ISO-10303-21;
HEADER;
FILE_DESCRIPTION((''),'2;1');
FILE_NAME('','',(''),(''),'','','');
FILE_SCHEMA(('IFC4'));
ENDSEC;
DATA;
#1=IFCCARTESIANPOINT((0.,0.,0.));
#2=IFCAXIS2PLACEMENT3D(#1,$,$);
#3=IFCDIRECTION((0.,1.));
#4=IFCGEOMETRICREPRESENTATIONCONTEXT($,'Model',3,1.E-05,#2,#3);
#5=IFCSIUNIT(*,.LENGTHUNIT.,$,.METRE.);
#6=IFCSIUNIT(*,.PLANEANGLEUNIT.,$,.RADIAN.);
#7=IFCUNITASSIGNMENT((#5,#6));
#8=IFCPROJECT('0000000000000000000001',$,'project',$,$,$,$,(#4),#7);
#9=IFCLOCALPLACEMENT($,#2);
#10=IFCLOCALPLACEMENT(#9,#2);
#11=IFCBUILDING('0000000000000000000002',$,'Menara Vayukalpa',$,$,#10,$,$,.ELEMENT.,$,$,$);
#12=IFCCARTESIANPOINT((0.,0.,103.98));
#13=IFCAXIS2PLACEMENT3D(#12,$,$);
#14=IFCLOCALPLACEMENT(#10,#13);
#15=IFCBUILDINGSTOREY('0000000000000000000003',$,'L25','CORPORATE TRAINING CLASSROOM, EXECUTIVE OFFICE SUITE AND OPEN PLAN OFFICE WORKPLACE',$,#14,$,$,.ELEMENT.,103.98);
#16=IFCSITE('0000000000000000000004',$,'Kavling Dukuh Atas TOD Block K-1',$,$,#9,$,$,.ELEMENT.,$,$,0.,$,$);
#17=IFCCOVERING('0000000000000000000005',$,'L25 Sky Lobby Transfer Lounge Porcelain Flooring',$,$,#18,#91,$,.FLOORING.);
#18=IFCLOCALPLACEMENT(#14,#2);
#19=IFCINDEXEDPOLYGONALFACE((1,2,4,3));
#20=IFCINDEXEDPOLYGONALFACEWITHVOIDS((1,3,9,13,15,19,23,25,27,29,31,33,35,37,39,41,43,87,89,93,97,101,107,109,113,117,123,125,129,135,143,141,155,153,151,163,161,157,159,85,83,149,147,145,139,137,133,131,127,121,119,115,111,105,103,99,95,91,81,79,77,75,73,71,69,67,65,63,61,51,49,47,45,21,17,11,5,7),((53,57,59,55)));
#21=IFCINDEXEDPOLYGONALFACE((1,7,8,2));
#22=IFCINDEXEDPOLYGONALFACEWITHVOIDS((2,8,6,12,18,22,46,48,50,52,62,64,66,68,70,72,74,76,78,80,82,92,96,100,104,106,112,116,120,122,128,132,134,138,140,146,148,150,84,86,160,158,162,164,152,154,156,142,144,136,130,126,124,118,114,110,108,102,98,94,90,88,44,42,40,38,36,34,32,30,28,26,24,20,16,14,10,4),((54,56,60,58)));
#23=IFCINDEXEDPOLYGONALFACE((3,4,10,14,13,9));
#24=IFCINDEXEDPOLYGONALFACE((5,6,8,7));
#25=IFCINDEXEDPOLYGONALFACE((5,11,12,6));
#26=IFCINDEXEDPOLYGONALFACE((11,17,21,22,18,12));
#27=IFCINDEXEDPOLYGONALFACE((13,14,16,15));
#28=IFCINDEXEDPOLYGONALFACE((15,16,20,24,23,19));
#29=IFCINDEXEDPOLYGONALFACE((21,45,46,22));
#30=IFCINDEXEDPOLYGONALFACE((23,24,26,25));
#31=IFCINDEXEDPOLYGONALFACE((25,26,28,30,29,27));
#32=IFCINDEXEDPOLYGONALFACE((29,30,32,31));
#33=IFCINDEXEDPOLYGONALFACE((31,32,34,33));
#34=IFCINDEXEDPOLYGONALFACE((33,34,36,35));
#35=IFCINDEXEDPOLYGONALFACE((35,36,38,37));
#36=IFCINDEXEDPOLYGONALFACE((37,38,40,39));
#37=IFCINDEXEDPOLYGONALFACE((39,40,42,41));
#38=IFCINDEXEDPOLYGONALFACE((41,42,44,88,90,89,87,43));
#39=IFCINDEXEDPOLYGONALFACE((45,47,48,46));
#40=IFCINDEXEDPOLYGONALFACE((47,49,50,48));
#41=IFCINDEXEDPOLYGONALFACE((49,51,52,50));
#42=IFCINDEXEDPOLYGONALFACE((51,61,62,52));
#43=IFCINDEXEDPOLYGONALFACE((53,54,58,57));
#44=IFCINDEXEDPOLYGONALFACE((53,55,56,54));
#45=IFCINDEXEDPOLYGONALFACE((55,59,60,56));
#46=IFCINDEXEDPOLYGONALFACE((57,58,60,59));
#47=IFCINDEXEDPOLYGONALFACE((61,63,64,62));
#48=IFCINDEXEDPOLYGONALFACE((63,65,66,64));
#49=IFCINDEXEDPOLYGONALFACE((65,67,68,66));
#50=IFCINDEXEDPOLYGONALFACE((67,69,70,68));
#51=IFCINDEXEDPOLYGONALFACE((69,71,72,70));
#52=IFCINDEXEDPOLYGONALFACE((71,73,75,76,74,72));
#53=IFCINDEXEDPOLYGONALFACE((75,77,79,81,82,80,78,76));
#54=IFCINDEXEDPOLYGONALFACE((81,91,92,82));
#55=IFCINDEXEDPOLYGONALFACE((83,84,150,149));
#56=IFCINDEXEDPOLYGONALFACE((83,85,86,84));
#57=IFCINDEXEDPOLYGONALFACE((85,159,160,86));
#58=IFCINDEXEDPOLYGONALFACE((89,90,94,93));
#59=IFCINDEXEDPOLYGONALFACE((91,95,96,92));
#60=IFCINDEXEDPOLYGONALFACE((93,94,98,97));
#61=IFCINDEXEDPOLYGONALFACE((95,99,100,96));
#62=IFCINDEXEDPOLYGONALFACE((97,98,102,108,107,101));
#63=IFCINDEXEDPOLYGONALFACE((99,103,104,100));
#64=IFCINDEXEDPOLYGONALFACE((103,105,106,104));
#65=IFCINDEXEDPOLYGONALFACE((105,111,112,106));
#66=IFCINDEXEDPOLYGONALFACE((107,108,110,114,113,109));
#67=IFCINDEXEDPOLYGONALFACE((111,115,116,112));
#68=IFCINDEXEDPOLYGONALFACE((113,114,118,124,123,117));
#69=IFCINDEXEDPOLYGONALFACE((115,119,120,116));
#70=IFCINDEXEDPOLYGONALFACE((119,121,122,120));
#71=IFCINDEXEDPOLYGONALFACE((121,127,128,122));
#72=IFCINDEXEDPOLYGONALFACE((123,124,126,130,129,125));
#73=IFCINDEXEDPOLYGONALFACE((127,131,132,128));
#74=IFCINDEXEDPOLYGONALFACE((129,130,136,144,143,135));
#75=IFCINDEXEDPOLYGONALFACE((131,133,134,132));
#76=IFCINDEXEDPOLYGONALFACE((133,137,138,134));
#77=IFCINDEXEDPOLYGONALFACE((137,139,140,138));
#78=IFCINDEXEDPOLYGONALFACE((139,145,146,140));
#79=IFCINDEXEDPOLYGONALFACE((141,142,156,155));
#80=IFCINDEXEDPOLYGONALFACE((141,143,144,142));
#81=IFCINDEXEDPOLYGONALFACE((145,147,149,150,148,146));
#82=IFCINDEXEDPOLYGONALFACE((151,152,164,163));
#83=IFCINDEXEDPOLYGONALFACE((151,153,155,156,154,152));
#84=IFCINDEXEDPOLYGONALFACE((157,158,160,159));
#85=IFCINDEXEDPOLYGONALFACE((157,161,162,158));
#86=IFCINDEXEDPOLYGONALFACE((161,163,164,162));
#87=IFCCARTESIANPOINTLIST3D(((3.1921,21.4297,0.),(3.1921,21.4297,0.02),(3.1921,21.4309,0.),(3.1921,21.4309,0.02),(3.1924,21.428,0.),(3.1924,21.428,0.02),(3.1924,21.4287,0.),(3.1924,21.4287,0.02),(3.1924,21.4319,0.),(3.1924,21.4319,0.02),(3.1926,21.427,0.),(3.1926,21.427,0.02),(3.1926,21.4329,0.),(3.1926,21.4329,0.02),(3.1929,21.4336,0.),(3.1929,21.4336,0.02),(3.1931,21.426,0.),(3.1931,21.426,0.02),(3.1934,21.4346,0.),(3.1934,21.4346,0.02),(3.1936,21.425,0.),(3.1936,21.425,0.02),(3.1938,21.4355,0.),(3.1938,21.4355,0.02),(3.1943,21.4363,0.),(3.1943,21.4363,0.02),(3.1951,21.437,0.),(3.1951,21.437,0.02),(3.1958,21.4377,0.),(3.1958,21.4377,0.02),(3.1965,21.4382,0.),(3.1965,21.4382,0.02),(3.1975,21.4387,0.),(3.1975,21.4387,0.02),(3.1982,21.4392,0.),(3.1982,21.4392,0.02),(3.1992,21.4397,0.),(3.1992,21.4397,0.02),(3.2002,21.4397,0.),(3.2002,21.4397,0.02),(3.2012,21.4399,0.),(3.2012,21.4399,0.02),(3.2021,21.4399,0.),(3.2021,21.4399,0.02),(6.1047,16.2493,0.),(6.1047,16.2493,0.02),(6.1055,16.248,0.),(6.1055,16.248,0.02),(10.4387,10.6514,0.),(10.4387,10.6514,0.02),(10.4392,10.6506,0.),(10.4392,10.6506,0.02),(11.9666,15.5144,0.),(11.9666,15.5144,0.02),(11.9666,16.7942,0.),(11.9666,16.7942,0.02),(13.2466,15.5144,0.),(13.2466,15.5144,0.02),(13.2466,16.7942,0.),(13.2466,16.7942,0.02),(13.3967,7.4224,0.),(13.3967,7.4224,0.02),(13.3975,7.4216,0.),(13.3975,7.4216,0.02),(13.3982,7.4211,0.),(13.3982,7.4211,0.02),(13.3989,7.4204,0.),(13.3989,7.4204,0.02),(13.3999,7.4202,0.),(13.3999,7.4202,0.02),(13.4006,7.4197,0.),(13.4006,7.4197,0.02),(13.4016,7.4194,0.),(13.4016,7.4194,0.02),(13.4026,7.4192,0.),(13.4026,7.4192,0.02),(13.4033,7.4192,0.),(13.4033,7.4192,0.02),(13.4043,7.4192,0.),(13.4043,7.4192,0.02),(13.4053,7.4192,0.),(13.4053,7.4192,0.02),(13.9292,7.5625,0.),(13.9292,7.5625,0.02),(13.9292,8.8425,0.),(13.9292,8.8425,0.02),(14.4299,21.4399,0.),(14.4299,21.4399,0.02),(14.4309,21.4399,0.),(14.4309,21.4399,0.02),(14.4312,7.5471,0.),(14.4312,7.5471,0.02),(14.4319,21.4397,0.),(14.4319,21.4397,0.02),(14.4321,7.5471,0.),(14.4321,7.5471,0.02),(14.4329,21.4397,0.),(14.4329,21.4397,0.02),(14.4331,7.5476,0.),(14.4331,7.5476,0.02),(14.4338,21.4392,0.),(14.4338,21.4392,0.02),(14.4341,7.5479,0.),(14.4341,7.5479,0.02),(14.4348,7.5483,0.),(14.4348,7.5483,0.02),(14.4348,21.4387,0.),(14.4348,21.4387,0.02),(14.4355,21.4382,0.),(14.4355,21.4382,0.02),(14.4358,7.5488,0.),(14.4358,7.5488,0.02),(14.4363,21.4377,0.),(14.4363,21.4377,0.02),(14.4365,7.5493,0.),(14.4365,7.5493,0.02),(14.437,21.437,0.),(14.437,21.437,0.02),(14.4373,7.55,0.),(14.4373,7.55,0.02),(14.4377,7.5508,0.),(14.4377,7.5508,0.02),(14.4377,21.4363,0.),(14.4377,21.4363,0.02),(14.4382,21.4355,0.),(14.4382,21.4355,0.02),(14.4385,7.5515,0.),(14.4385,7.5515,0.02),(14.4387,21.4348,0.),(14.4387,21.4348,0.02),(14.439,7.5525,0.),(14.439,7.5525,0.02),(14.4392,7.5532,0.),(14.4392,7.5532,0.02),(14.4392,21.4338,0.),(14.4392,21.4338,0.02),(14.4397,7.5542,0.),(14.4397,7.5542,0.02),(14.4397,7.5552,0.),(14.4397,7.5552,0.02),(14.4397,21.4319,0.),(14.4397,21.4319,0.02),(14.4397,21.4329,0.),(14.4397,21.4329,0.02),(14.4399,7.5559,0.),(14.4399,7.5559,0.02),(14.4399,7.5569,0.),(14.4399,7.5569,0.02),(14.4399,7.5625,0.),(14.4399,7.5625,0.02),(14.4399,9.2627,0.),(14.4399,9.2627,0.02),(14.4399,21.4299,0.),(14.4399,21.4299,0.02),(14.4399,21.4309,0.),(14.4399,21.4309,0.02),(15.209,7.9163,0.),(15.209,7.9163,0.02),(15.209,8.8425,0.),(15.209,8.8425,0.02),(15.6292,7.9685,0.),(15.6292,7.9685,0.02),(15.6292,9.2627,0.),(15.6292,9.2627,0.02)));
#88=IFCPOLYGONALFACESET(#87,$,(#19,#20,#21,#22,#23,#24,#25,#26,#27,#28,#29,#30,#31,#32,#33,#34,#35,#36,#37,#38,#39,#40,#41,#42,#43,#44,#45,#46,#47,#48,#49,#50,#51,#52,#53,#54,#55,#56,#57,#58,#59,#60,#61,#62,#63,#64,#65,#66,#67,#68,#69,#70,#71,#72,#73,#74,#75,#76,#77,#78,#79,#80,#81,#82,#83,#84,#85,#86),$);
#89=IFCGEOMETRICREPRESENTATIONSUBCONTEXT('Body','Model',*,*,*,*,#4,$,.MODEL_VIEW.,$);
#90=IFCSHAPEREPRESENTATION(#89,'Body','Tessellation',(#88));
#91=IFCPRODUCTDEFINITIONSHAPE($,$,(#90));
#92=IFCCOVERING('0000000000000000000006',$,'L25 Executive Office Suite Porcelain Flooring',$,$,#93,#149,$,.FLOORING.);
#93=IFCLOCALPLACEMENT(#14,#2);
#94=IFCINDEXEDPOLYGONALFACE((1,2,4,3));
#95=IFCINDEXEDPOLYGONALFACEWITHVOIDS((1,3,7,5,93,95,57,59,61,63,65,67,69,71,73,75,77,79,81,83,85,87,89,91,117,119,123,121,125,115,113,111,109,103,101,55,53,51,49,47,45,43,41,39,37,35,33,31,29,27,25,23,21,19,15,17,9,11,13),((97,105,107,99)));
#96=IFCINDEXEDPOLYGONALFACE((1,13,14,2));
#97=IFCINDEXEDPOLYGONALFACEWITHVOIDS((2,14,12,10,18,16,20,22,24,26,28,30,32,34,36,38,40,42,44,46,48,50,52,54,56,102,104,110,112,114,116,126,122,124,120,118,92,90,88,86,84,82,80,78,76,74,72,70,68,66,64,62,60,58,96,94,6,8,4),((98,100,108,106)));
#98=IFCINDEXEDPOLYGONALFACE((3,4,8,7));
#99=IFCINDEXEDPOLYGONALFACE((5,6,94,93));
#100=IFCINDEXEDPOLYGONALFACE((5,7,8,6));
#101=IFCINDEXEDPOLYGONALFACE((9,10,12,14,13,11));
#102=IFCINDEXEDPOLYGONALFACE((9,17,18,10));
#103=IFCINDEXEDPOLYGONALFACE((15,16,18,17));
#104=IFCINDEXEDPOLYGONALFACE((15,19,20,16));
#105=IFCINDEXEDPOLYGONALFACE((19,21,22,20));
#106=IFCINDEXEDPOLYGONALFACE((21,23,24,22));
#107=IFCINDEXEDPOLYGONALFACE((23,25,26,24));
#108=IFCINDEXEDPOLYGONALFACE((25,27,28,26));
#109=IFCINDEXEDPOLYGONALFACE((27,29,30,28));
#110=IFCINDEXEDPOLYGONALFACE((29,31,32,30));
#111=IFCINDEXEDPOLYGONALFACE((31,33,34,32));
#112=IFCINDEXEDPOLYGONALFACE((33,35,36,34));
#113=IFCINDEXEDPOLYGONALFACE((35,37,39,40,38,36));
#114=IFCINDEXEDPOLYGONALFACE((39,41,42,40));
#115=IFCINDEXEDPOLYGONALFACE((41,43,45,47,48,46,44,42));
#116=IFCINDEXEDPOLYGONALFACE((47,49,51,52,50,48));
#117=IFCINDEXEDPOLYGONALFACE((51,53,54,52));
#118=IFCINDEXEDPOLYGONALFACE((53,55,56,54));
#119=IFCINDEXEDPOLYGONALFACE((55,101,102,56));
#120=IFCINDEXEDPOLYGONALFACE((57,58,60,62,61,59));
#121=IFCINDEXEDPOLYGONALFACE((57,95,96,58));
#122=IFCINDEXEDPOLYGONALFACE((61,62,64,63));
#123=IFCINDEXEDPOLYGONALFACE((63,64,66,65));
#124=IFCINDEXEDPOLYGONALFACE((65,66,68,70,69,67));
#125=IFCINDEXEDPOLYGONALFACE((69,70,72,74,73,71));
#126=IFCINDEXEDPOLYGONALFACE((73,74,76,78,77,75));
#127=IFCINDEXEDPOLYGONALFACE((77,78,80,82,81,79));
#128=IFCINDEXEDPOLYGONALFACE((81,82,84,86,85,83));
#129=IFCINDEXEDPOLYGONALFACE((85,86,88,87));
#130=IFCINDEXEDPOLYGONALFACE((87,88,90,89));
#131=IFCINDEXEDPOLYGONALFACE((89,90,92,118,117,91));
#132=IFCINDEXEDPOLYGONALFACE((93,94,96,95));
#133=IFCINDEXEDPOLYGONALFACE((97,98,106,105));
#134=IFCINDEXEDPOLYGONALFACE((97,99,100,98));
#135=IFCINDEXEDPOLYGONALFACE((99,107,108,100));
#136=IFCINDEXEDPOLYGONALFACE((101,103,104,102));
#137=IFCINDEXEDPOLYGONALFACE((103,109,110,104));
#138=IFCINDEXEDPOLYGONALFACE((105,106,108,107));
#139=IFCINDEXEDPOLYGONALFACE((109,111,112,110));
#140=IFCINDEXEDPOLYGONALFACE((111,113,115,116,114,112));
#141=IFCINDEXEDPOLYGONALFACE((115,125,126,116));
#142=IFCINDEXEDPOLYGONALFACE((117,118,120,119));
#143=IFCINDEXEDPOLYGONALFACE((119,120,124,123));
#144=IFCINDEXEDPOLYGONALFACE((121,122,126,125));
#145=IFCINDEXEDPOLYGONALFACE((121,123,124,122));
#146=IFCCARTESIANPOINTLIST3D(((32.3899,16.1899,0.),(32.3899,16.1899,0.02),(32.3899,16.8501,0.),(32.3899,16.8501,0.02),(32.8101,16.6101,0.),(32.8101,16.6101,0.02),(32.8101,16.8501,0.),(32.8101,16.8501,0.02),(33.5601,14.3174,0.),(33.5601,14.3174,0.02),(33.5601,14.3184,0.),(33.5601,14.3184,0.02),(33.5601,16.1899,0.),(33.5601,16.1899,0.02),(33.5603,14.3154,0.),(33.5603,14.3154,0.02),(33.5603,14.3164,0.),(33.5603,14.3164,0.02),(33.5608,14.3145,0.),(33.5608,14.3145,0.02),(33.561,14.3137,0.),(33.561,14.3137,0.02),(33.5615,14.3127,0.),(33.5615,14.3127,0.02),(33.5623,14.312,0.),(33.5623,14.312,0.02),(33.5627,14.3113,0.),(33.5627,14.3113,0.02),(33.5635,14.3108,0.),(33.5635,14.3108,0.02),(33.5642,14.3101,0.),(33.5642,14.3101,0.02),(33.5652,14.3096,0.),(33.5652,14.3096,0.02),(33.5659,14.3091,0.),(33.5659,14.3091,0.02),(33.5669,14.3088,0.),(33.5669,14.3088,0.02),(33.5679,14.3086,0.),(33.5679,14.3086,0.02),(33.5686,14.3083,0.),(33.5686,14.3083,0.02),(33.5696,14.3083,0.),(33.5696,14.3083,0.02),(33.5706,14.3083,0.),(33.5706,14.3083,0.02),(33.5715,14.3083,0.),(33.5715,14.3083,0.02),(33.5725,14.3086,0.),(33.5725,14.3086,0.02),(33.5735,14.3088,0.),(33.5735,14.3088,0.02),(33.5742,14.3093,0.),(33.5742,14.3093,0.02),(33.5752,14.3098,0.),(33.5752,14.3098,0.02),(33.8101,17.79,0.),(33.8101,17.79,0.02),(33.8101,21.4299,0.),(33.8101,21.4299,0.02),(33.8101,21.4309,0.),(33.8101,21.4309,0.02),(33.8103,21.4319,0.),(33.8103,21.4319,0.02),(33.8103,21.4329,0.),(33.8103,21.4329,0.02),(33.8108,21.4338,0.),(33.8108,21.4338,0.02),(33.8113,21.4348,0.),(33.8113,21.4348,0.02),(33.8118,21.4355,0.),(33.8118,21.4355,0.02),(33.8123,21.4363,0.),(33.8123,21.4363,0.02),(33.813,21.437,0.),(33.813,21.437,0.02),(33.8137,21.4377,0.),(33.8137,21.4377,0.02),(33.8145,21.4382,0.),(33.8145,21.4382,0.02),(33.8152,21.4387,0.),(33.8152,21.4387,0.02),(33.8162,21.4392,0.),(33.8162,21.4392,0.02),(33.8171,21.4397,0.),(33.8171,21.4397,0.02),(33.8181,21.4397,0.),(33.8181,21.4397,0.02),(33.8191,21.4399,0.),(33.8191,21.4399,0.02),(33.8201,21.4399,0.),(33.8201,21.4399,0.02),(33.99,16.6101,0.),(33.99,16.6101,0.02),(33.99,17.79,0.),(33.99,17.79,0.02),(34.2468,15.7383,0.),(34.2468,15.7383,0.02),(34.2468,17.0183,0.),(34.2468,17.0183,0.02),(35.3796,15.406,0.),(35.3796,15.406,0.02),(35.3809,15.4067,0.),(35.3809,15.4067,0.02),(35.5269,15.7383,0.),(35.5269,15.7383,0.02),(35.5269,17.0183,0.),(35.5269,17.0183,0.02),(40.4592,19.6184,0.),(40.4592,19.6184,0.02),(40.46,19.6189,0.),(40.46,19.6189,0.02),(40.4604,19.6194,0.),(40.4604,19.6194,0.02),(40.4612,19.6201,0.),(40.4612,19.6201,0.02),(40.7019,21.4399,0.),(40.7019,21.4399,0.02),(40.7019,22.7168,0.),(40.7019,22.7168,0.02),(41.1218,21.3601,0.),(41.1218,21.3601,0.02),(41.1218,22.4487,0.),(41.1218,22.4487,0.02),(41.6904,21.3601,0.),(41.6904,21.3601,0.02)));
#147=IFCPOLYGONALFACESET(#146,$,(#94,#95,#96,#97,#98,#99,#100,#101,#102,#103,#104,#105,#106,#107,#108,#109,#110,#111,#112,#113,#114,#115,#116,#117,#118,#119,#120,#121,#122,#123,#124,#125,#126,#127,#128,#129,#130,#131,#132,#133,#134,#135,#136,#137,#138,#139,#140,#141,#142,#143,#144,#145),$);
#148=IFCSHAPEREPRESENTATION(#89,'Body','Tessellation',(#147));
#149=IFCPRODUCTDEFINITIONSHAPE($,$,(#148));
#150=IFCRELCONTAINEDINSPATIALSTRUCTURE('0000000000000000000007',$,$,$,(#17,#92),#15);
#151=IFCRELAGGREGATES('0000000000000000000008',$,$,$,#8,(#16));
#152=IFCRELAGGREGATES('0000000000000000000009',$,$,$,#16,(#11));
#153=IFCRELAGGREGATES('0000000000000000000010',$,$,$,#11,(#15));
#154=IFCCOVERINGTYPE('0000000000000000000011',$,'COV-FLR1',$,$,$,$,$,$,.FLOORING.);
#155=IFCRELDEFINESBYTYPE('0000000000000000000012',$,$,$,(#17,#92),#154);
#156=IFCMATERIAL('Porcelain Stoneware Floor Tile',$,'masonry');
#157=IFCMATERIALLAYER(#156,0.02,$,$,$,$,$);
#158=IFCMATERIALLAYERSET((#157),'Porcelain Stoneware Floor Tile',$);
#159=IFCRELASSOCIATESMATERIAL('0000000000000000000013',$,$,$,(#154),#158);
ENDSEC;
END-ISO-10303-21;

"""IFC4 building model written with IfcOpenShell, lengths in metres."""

from ifc_helpers import new_model, si_unit, direction, frame, origin, place, context, subcontext, project, spatial, polyline, outline, extrude, material, layer, layer_set, type_object, element, save


model = new_model("IFC4")

# Units and contexts
model_context = context("Model", 3, precision=1e-05, world=origin(), true_north=direction((0.0, 1.0)))
body_context = subcontext(model_context, "Body", "Model", "MODEL_VIEW")
ifc_project = project(units=[si_unit("LENGTHUNIT", "METRE"), si_unit("PLANEANGLEUNIT", "RADIAN")], contexts=[model_context])

# Site, building, storey
site_placement = place(None, origin())
site = spatial("IfcSite", under=ifc_project, at=site_placement, Name="Kavling Dukuh Atas TOD Block K-1", CompositionType="ELEMENT", RefElevation=0.0)
building_placement = place(site_placement, origin())
building = spatial("IfcBuilding", under=site, at=building_placement, Name="Menara Vayukalpa", CompositionType="ELEMENT")
storey_placement = place(building_placement, frame((0.0, 0.0, 103.98)))
storey = spatial("IfcBuildingStorey", under=building, at=storey_placement, Name="L25", Description="CORPORATE TRAINING CLASSROOM, EXECUTIVE OFFICE SUITE AND OPEN PLAN OFFICE WORKPLACE", CompositionType="ELEMENT", Elevation=103.98)

# Coverings
ifc_material_1 = material(Name="Porcelain Stoneware Floor Tile", Category="masonry")
ifc_layer_1 = layer(ifc_material_1, 0.02)
ifc_layer_set_1 = layer_set([ifc_layer_1], Name="Porcelain Stoneware Floor Tile")
covering_type_1 = type_object("IfcCoveringType", Name="COV-FLR1", PredefinedType="FLOORING", material=ifc_layer_set_1)
covering_1_placement = place(storey_placement, origin())
element("IfcCovering", 1, at=covering_1_placement, inside=storey, type_object=covering_type_1, Name="L25 Sky Lobby Transfer Lounge Porcelain Flooring", PredefinedType="FLOORING", context=body_context, shape_type="SweptSolid", body=[
    extrude(outline(polyline([(15.6292, 7.9685), (15.209, 7.9163), (15.209, 8.8425), (13.9292, 8.8425), (13.9292, 7.5625), (14.4399, 7.5625), (14.4399, 7.5569), (14.4399, 7.5559), (14.4397, 7.5552), (14.4397, 7.5542), (14.4392, 7.5532), (14.439, 7.5525), (14.4385, 7.5515), (14.4377, 7.5508), (14.4373, 7.55), (14.4365, 7.5493), (14.4358, 7.5488), (14.4348, 7.5483), (14.4341, 7.5479), (14.4331, 7.5476), (14.4321, 7.5471), (14.4312, 7.5471), (13.4053, 7.4192), (13.4043, 7.4192), (13.4033, 7.4192), (13.4026, 7.4192), (13.4016, 7.4194), (13.4006, 7.4197), (13.3999, 7.4202), (13.3989, 7.4204), (13.3982, 7.4211), (13.3975, 7.4216), (13.3967, 7.4224), (10.4392, 10.6506), (10.4387, 10.6514), (6.1055, 16.248), (6.1047, 16.2493), (3.1936, 21.425), (3.1931, 21.426), (3.1926, 21.427), (3.1924, 21.428), (3.1924, 21.4287), (3.1921, 21.4297), (3.1921, 21.4309), (3.1924, 21.4319), (3.1926, 21.4329), (3.1929, 21.4336), (3.1934, 21.4346), (3.1938, 21.4355), (3.1943, 21.4363), (3.1951, 21.437), (3.1958, 21.4377), (3.1965, 21.4382), (3.1975, 21.4387), (3.1982, 21.4392), (3.1992, 21.4397), (3.2002, 21.4397), (3.2012, 21.4399), (3.2021, 21.4399), (14.4299, 21.4399), (14.4309, 21.4399), (14.4319, 21.4397), (14.4329, 21.4397), (14.4338, 21.4392), (14.4348, 21.4387), (14.4355, 21.4382), (14.4363, 21.4377), (14.437, 21.437), (14.4377, 21.4363), (14.4382, 21.4355), (14.4387, 21.4348), (14.4392, 21.4338), (14.4397, 21.4329), (14.4397, 21.4319), (14.4399, 21.4309), (14.4399, 21.4299), (14.4399, 9.2627), (15.6292, 9.2627), (15.6292, 7.9685)]), holes=[polyline([(13.2466, 16.7942), (11.9666, 16.7942), (11.9666, 15.5144), (13.2466, 15.5144), (13.2466, 16.7942)])]), origin(), (0.0, 0.0, 1.0), 0.02),
])
covering_2_placement = place(storey_placement, origin())
element("IfcCovering", 2, at=covering_2_placement, inside=storey, type_object=covering_type_1, Name="L25 Executive Office Suite Porcelain Flooring", PredefinedType="FLOORING", context=body_context, shape_type="SweptSolid", body=[
    extrude(outline(polyline([(32.3899, 16.8501), (32.8101, 16.8501), (32.8101, 16.6101), (33.99, 16.6101), (33.99, 17.79), (33.8101, 17.79), (33.8101, 21.4299), (33.8101, 21.4309), (33.8103, 21.4319), (33.8103, 21.4329), (33.8108, 21.4338), (33.8113, 21.4348), (33.8118, 21.4355), (33.8123, 21.4363), (33.813, 21.437), (33.8137, 21.4377), (33.8145, 21.4382), (33.8152, 21.4387), (33.8162, 21.4392), (33.8171, 21.4397), (33.8181, 21.4397), (33.8191, 21.4399), (33.8201, 21.4399), (40.7019, 21.4399), (40.7019, 22.7168), (41.1218, 22.4487), (41.1218, 21.3601), (41.6904, 21.3601), (40.4612, 19.6201), (40.4604, 19.6194), (40.46, 19.6189), (40.4592, 19.6184), (35.3809, 15.4067), (35.3796, 15.406), (33.5752, 14.3098), (33.5742, 14.3093), (33.5735, 14.3088), (33.5725, 14.3086), (33.5715, 14.3083), (33.5706, 14.3083), (33.5696, 14.3083), (33.5686, 14.3083), (33.5679, 14.3086), (33.5669, 14.3088), (33.5659, 14.3091), (33.5652, 14.3096), (33.5642, 14.3101), (33.5635, 14.3108), (33.5627, 14.3113), (33.5623, 14.312), (33.5615, 14.3127), (33.561, 14.3137), (33.5608, 14.3145), (33.5603, 14.3154), (33.5603, 14.3164), (33.5601, 14.3174), (33.5601, 14.3184), (33.5601, 16.1899), (32.3899, 16.1899), (32.3899, 16.8501)]), holes=[polyline([(35.5269, 17.0183), (34.2468, 17.0183), (34.2468, 15.7383), (35.5269, 15.7383), (35.5269, 17.0183)])]), origin(), (0.0, 0.0, 1.0), 0.02),
])

save(model, "model.ifc")
